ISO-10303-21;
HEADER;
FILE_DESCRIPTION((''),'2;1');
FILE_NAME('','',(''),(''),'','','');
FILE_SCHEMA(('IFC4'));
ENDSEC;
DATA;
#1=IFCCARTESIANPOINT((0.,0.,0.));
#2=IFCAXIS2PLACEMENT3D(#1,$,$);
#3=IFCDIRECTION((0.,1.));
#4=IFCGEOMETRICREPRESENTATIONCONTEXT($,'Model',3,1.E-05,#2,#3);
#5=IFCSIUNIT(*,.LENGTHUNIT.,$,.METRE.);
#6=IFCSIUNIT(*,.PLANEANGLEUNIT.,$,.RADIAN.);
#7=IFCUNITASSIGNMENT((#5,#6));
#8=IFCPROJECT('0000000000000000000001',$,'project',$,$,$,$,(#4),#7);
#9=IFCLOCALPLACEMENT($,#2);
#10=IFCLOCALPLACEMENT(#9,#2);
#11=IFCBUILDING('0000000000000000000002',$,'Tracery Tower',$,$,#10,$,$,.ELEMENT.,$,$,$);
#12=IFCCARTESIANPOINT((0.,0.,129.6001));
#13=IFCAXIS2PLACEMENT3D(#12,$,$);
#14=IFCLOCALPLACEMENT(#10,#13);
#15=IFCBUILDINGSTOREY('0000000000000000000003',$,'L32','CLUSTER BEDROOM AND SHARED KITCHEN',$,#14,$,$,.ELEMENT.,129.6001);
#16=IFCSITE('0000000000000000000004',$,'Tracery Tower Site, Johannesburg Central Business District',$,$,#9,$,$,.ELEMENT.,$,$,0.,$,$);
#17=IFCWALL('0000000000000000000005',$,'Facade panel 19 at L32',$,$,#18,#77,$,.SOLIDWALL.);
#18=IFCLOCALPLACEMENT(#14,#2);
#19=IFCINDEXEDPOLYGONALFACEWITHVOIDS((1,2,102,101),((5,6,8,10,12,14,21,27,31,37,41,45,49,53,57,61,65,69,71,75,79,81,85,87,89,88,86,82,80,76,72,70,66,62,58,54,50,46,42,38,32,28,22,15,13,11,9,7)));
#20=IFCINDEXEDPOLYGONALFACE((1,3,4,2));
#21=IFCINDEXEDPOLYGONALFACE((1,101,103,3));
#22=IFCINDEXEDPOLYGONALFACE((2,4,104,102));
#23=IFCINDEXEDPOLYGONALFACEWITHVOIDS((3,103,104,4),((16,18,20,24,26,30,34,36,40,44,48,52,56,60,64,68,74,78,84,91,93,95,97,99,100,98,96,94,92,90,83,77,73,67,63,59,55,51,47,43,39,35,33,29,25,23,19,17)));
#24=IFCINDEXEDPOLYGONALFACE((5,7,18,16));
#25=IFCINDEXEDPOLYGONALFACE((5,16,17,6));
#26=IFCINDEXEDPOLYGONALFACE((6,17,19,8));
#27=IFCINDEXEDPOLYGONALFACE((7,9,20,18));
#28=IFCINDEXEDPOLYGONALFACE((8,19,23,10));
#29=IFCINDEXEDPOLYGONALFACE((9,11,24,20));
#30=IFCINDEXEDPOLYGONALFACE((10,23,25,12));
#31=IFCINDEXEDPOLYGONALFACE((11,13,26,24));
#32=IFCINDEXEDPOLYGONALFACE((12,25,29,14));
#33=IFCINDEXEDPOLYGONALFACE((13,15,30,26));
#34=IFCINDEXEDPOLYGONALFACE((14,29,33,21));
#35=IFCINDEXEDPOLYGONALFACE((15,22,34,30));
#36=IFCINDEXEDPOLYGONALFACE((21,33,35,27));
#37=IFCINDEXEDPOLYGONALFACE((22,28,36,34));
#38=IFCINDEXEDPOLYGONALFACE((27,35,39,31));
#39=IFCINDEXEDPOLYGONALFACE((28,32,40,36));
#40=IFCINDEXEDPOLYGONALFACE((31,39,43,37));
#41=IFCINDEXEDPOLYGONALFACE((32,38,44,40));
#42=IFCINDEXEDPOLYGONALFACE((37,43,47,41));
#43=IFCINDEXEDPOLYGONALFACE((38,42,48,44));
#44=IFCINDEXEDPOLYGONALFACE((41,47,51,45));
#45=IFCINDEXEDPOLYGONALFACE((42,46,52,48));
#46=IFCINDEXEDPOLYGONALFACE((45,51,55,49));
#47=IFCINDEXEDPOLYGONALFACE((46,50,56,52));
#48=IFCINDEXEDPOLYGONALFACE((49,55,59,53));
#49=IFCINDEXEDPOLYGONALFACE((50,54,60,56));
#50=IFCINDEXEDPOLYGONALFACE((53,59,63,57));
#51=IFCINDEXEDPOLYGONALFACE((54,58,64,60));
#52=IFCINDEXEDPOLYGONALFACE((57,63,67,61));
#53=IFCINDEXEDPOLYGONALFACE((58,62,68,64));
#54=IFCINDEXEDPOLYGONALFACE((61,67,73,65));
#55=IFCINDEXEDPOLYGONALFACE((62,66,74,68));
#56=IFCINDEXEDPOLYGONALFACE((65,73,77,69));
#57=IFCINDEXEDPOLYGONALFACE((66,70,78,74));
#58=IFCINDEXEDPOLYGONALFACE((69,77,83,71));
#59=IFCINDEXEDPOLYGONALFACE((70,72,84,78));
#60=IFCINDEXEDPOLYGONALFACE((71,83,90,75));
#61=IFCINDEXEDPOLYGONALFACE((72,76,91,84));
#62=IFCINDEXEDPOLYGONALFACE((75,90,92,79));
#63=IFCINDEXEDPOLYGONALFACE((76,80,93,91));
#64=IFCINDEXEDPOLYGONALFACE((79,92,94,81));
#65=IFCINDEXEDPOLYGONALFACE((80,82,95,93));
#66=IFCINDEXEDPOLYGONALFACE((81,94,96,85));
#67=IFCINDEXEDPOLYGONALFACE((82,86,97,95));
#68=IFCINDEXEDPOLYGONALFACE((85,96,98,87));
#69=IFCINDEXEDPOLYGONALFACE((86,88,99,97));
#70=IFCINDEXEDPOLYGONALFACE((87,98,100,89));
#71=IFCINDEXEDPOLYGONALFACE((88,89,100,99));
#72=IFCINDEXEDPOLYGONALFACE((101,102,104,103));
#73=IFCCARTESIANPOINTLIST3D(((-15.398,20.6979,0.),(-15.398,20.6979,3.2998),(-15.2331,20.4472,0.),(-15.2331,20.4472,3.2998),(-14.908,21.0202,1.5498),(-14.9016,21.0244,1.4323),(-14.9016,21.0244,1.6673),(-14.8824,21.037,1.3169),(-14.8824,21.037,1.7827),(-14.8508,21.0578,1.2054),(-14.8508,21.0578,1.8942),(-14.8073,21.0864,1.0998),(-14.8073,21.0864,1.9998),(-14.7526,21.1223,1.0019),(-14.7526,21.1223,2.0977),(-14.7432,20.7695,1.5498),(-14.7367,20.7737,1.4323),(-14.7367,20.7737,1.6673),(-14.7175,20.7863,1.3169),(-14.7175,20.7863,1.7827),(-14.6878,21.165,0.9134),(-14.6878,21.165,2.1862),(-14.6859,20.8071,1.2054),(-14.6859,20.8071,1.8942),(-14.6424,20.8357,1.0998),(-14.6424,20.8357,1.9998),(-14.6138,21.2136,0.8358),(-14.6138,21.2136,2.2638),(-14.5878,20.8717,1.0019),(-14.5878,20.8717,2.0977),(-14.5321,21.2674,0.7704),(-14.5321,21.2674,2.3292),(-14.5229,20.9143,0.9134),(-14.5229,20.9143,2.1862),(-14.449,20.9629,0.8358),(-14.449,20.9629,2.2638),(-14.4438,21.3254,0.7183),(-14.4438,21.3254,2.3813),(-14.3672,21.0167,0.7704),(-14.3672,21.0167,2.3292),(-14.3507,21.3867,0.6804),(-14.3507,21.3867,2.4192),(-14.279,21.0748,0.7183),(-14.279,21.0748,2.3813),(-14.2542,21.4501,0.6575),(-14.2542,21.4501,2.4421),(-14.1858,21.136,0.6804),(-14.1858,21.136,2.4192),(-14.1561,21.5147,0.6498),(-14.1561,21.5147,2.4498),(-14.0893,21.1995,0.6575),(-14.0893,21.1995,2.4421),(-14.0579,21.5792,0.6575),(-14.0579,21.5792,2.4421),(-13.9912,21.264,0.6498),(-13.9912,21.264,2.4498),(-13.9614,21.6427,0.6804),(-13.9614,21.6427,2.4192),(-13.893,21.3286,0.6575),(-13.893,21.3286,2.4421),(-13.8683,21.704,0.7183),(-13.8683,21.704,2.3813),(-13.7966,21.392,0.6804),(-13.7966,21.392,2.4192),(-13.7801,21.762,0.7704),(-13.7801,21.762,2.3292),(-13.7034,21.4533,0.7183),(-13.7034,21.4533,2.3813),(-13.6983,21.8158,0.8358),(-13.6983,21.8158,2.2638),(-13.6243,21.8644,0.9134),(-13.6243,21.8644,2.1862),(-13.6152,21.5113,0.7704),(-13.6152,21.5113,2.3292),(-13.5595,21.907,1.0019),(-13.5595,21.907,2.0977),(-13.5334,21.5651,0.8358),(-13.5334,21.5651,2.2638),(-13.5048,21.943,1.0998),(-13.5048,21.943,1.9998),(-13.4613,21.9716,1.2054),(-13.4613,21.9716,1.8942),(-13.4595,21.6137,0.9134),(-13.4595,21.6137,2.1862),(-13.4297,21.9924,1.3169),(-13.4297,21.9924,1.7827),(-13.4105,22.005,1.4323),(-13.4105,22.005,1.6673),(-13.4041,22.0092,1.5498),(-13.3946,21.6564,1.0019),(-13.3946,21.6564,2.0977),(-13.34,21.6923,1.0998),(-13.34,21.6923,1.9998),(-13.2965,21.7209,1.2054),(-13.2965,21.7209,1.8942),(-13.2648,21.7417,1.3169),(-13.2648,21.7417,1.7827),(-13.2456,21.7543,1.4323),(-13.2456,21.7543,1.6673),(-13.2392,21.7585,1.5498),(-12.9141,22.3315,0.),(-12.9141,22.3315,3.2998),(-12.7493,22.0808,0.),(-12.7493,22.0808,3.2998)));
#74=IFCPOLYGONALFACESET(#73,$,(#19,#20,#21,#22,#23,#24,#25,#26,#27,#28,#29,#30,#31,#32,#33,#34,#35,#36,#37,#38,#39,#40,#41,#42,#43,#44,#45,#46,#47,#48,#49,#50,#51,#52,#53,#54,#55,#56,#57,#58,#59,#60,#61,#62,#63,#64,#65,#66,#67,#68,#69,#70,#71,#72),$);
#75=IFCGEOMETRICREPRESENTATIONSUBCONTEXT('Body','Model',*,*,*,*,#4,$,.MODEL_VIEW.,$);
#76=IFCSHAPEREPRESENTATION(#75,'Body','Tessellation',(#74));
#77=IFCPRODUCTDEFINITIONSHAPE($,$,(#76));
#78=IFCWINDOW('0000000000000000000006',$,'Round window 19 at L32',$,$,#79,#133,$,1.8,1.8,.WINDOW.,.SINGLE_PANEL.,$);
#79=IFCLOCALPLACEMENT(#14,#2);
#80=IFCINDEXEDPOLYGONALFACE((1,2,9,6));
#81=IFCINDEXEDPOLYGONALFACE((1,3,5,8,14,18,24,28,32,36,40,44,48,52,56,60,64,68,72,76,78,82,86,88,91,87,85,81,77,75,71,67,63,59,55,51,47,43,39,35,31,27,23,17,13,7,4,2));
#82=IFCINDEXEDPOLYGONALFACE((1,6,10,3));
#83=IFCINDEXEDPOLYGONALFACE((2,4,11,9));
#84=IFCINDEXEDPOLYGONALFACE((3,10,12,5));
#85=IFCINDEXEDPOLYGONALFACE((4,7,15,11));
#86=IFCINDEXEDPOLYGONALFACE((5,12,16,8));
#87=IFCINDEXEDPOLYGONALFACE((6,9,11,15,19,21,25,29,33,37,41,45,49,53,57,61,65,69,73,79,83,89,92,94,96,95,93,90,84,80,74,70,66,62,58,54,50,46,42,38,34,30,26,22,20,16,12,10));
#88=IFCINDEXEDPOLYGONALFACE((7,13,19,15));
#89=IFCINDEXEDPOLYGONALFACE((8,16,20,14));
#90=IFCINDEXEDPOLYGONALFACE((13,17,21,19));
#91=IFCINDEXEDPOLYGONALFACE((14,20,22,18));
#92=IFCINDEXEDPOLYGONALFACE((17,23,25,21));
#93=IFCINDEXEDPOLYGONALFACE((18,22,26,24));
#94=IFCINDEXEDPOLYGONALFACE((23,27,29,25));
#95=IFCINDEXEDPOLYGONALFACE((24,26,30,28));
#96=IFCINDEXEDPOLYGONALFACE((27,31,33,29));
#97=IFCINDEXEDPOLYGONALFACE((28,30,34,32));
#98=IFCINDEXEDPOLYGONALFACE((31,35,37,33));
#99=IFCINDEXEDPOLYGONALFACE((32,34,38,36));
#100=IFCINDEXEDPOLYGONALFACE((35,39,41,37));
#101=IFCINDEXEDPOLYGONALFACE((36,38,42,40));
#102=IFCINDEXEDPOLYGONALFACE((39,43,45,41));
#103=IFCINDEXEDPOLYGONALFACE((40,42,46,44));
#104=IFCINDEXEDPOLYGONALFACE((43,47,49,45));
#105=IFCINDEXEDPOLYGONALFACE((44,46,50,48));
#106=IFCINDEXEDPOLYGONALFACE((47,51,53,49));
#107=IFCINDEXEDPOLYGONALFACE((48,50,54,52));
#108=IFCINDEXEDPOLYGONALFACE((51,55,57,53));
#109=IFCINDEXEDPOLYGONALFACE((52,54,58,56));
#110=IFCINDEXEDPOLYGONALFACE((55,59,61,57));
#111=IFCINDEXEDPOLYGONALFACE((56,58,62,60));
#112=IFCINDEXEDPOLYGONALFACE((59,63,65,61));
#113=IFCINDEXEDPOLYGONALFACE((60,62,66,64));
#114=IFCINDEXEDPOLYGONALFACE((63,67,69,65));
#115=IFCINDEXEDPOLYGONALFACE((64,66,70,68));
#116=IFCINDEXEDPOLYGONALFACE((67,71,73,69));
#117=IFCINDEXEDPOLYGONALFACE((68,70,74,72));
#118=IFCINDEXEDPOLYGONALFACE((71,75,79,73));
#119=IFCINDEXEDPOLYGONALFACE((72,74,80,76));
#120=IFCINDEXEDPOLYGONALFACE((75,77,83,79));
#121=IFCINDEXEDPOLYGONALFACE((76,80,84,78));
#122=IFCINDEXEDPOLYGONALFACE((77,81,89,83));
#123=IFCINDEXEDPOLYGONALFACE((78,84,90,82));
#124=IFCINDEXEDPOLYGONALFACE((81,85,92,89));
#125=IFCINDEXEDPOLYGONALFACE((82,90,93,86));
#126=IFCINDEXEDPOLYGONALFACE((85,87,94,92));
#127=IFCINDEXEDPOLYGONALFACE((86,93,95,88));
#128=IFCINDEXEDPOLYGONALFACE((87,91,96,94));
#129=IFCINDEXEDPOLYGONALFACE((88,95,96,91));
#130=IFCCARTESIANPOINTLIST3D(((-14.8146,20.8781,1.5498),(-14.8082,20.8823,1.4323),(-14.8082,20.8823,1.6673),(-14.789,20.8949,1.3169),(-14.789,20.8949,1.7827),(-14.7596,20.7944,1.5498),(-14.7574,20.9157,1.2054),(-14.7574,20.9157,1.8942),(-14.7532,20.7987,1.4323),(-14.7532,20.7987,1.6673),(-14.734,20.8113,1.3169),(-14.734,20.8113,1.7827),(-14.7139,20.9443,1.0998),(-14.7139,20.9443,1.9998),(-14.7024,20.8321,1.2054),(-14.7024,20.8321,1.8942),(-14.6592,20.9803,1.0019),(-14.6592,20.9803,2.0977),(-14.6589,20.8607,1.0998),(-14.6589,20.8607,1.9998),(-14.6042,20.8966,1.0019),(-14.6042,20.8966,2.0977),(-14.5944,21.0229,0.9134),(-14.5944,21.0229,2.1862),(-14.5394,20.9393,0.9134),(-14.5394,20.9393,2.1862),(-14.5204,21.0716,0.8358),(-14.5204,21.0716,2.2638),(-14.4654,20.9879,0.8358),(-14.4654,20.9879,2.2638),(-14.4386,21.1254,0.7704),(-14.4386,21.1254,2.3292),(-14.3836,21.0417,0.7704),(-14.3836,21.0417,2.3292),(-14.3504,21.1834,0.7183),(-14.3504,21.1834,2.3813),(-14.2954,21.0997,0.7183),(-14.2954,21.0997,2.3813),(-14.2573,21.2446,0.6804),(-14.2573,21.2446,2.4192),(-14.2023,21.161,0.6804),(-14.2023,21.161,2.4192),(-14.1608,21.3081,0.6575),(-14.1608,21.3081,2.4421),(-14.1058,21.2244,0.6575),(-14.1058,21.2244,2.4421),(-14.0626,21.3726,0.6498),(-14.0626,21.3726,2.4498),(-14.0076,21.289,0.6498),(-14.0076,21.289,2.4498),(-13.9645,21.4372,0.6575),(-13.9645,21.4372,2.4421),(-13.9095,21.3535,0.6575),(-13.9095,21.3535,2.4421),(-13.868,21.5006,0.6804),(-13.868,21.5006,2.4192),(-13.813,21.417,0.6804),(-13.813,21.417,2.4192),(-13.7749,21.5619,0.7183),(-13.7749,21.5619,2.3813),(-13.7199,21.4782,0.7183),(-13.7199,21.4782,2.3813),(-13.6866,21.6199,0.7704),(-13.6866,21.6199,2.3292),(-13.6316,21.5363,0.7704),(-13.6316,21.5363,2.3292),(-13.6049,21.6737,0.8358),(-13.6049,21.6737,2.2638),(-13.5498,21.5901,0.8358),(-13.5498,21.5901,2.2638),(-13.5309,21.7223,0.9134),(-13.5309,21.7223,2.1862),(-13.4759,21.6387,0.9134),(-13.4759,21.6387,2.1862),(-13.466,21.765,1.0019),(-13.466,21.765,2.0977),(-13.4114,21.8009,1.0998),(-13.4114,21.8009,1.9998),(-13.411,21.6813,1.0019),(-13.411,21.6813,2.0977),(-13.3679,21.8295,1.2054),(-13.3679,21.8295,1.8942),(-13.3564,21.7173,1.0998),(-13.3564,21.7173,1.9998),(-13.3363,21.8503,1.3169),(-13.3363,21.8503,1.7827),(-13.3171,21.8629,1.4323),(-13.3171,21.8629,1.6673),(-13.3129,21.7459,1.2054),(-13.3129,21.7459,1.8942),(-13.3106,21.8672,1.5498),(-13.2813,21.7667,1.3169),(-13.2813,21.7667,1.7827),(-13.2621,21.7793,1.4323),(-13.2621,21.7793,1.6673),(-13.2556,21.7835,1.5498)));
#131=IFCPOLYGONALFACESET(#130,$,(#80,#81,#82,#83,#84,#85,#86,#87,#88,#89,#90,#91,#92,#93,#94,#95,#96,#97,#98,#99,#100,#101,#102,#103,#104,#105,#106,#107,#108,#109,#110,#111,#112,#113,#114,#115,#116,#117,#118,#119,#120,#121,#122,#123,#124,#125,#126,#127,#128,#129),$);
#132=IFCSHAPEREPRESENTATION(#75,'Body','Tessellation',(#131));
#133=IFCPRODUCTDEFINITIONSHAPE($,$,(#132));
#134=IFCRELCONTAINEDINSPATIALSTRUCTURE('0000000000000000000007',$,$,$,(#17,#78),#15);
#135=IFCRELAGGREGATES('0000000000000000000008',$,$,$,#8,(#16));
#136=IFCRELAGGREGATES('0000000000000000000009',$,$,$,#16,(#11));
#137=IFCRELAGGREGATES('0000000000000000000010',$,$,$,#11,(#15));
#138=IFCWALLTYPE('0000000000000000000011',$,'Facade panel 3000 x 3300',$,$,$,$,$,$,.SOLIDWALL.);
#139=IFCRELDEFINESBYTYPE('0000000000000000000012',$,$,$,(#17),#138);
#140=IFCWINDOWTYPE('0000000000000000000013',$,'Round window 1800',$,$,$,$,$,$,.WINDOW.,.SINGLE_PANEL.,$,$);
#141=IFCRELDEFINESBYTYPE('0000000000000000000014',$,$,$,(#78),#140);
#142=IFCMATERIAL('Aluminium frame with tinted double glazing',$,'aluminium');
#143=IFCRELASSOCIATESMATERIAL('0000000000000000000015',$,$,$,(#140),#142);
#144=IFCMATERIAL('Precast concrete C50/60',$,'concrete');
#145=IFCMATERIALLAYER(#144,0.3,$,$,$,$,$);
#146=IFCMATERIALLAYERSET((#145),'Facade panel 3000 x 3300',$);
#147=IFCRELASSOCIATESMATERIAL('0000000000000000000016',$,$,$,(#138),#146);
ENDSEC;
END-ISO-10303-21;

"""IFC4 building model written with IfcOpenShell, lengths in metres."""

from ifc_helpers import new_model, si_unit, direction, frame, frame_2d, origin, origin_2d, place, context, subcontext, project, spatial, rectangle, circle, extrude, material, layer, layer_set, type_object, element, fill, save


model = new_model("IFC4")

# Units and contexts
model_context = context("Model", 3, precision=1e-05, world=origin(), true_north=direction((0.0, 1.0)))
body_context = subcontext(model_context, "Body", "Model", "MODEL_VIEW")
ifc_project = project(units=[si_unit("LENGTHUNIT", "METRE"), si_unit("PLANEANGLEUNIT", "RADIAN")], contexts=[model_context])

# Site, building, storey
site_placement = place(None, origin())
site = spatial("IfcSite", under=ifc_project, at=site_placement, Name="Tracery Tower Site, Johannesburg Central Business District", CompositionType="ELEMENT", RefElevation=0.0)
building_placement = place(site_placement, origin())
building = spatial("IfcBuilding", under=site, at=building_placement, Name="Tracery Tower", CompositionType="ELEMENT")
storey_placement = place(building_placement, frame((0.0, 0.0, 129.6001)))
storey = spatial("IfcBuildingStorey", under=building, at=storey_placement, Name="L32", Description="CLUSTER BEDROOM AND SHARED KITCHEN", CompositionType="ELEMENT", Elevation=129.6001)

# Wall, opening, window
ifc_material_1 = material(Name="Aluminium frame with tinted double glazing", Category="aluminium")
window_type = type_object("IfcWindowType", Name="Round window 1800", PartitioningType="SINGLE_PANEL", PredefinedType="WINDOW", material=ifc_material_1)
ifc_material_2 = material(Name="Precast concrete C50/60", Category="concrete")
ifc_layer_1 = layer(ifc_material_2, 0.3)
ifc_layer_set_1 = layer_set([ifc_layer_1], Name="Facade panel 3000 x 3300")
wall_type_1 = type_object("IfcWallType", Name="Facade panel 3000 x 3300", PredefinedType="SOLIDWALL", material=ifc_layer_set_1)
wall_1_placement = place(storey_placement, frame((-12.8318, 22.2061, 0.0), z_axis=(0.0, 0.0, 1.0), x_axis=(-0.835508, -0.549478, 0.0)))
wall_1 = element("IfcWall", 1, at=wall_1_placement, inside=storey, type_object=wall_type_1, Name="Facade panel 19 at L32", PredefinedType="SOLIDWALL", context=body_context, shape_type="SweptSolid", body=[
    extrude(rectangle(XDim=2.9729, YDim=0.3, at=frame_2d((1.4863, 0.0))), origin(), (0.0, 0.0, 1.0), 3.2998),
])
opening_1_placement = place(wall_1_placement, frame((1.4863, 0.0, 1.5498)))
opening_1 = element("IfcOpeningElement", 2, at=opening_1_placement, cuts=wall_1, PredefinedType="OPENING", context=body_context, shape_type="SweptSolid", body=[
    extrude(circle(Radius=0.9, at=origin_2d()), frame((0.0, 0.1599, 0.0), z_axis=(0.0, -1.0, 0.0), x_axis=(1.0, 0.0, 0.0)), (0.0, 0.0, 1.0), 0.3201),
])
window_1_placement = place(opening_1_placement, origin())
window_1 = element("IfcWindow", 3, at=window_1_placement, inside=storey, type_object=window_type, Name="Round window 19 at L32", OverallHeight=1.8, OverallWidth=1.8, PartitioningType="SINGLE_PANEL", PredefinedType="WINDOW", context=body_context, shape_type="SweptSolid", body=[
    extrude(circle(Radius=0.9, at=origin_2d()), frame((0.0, 0.1201, 0.0), z_axis=(0.0, -1.0, 0.0), x_axis=(1.0, 0.0, 0.0)), (0.0, 0.0, 1.0), 0.1001),
])
fill(opening_1, window_1)

save(model, "model.ifc")
